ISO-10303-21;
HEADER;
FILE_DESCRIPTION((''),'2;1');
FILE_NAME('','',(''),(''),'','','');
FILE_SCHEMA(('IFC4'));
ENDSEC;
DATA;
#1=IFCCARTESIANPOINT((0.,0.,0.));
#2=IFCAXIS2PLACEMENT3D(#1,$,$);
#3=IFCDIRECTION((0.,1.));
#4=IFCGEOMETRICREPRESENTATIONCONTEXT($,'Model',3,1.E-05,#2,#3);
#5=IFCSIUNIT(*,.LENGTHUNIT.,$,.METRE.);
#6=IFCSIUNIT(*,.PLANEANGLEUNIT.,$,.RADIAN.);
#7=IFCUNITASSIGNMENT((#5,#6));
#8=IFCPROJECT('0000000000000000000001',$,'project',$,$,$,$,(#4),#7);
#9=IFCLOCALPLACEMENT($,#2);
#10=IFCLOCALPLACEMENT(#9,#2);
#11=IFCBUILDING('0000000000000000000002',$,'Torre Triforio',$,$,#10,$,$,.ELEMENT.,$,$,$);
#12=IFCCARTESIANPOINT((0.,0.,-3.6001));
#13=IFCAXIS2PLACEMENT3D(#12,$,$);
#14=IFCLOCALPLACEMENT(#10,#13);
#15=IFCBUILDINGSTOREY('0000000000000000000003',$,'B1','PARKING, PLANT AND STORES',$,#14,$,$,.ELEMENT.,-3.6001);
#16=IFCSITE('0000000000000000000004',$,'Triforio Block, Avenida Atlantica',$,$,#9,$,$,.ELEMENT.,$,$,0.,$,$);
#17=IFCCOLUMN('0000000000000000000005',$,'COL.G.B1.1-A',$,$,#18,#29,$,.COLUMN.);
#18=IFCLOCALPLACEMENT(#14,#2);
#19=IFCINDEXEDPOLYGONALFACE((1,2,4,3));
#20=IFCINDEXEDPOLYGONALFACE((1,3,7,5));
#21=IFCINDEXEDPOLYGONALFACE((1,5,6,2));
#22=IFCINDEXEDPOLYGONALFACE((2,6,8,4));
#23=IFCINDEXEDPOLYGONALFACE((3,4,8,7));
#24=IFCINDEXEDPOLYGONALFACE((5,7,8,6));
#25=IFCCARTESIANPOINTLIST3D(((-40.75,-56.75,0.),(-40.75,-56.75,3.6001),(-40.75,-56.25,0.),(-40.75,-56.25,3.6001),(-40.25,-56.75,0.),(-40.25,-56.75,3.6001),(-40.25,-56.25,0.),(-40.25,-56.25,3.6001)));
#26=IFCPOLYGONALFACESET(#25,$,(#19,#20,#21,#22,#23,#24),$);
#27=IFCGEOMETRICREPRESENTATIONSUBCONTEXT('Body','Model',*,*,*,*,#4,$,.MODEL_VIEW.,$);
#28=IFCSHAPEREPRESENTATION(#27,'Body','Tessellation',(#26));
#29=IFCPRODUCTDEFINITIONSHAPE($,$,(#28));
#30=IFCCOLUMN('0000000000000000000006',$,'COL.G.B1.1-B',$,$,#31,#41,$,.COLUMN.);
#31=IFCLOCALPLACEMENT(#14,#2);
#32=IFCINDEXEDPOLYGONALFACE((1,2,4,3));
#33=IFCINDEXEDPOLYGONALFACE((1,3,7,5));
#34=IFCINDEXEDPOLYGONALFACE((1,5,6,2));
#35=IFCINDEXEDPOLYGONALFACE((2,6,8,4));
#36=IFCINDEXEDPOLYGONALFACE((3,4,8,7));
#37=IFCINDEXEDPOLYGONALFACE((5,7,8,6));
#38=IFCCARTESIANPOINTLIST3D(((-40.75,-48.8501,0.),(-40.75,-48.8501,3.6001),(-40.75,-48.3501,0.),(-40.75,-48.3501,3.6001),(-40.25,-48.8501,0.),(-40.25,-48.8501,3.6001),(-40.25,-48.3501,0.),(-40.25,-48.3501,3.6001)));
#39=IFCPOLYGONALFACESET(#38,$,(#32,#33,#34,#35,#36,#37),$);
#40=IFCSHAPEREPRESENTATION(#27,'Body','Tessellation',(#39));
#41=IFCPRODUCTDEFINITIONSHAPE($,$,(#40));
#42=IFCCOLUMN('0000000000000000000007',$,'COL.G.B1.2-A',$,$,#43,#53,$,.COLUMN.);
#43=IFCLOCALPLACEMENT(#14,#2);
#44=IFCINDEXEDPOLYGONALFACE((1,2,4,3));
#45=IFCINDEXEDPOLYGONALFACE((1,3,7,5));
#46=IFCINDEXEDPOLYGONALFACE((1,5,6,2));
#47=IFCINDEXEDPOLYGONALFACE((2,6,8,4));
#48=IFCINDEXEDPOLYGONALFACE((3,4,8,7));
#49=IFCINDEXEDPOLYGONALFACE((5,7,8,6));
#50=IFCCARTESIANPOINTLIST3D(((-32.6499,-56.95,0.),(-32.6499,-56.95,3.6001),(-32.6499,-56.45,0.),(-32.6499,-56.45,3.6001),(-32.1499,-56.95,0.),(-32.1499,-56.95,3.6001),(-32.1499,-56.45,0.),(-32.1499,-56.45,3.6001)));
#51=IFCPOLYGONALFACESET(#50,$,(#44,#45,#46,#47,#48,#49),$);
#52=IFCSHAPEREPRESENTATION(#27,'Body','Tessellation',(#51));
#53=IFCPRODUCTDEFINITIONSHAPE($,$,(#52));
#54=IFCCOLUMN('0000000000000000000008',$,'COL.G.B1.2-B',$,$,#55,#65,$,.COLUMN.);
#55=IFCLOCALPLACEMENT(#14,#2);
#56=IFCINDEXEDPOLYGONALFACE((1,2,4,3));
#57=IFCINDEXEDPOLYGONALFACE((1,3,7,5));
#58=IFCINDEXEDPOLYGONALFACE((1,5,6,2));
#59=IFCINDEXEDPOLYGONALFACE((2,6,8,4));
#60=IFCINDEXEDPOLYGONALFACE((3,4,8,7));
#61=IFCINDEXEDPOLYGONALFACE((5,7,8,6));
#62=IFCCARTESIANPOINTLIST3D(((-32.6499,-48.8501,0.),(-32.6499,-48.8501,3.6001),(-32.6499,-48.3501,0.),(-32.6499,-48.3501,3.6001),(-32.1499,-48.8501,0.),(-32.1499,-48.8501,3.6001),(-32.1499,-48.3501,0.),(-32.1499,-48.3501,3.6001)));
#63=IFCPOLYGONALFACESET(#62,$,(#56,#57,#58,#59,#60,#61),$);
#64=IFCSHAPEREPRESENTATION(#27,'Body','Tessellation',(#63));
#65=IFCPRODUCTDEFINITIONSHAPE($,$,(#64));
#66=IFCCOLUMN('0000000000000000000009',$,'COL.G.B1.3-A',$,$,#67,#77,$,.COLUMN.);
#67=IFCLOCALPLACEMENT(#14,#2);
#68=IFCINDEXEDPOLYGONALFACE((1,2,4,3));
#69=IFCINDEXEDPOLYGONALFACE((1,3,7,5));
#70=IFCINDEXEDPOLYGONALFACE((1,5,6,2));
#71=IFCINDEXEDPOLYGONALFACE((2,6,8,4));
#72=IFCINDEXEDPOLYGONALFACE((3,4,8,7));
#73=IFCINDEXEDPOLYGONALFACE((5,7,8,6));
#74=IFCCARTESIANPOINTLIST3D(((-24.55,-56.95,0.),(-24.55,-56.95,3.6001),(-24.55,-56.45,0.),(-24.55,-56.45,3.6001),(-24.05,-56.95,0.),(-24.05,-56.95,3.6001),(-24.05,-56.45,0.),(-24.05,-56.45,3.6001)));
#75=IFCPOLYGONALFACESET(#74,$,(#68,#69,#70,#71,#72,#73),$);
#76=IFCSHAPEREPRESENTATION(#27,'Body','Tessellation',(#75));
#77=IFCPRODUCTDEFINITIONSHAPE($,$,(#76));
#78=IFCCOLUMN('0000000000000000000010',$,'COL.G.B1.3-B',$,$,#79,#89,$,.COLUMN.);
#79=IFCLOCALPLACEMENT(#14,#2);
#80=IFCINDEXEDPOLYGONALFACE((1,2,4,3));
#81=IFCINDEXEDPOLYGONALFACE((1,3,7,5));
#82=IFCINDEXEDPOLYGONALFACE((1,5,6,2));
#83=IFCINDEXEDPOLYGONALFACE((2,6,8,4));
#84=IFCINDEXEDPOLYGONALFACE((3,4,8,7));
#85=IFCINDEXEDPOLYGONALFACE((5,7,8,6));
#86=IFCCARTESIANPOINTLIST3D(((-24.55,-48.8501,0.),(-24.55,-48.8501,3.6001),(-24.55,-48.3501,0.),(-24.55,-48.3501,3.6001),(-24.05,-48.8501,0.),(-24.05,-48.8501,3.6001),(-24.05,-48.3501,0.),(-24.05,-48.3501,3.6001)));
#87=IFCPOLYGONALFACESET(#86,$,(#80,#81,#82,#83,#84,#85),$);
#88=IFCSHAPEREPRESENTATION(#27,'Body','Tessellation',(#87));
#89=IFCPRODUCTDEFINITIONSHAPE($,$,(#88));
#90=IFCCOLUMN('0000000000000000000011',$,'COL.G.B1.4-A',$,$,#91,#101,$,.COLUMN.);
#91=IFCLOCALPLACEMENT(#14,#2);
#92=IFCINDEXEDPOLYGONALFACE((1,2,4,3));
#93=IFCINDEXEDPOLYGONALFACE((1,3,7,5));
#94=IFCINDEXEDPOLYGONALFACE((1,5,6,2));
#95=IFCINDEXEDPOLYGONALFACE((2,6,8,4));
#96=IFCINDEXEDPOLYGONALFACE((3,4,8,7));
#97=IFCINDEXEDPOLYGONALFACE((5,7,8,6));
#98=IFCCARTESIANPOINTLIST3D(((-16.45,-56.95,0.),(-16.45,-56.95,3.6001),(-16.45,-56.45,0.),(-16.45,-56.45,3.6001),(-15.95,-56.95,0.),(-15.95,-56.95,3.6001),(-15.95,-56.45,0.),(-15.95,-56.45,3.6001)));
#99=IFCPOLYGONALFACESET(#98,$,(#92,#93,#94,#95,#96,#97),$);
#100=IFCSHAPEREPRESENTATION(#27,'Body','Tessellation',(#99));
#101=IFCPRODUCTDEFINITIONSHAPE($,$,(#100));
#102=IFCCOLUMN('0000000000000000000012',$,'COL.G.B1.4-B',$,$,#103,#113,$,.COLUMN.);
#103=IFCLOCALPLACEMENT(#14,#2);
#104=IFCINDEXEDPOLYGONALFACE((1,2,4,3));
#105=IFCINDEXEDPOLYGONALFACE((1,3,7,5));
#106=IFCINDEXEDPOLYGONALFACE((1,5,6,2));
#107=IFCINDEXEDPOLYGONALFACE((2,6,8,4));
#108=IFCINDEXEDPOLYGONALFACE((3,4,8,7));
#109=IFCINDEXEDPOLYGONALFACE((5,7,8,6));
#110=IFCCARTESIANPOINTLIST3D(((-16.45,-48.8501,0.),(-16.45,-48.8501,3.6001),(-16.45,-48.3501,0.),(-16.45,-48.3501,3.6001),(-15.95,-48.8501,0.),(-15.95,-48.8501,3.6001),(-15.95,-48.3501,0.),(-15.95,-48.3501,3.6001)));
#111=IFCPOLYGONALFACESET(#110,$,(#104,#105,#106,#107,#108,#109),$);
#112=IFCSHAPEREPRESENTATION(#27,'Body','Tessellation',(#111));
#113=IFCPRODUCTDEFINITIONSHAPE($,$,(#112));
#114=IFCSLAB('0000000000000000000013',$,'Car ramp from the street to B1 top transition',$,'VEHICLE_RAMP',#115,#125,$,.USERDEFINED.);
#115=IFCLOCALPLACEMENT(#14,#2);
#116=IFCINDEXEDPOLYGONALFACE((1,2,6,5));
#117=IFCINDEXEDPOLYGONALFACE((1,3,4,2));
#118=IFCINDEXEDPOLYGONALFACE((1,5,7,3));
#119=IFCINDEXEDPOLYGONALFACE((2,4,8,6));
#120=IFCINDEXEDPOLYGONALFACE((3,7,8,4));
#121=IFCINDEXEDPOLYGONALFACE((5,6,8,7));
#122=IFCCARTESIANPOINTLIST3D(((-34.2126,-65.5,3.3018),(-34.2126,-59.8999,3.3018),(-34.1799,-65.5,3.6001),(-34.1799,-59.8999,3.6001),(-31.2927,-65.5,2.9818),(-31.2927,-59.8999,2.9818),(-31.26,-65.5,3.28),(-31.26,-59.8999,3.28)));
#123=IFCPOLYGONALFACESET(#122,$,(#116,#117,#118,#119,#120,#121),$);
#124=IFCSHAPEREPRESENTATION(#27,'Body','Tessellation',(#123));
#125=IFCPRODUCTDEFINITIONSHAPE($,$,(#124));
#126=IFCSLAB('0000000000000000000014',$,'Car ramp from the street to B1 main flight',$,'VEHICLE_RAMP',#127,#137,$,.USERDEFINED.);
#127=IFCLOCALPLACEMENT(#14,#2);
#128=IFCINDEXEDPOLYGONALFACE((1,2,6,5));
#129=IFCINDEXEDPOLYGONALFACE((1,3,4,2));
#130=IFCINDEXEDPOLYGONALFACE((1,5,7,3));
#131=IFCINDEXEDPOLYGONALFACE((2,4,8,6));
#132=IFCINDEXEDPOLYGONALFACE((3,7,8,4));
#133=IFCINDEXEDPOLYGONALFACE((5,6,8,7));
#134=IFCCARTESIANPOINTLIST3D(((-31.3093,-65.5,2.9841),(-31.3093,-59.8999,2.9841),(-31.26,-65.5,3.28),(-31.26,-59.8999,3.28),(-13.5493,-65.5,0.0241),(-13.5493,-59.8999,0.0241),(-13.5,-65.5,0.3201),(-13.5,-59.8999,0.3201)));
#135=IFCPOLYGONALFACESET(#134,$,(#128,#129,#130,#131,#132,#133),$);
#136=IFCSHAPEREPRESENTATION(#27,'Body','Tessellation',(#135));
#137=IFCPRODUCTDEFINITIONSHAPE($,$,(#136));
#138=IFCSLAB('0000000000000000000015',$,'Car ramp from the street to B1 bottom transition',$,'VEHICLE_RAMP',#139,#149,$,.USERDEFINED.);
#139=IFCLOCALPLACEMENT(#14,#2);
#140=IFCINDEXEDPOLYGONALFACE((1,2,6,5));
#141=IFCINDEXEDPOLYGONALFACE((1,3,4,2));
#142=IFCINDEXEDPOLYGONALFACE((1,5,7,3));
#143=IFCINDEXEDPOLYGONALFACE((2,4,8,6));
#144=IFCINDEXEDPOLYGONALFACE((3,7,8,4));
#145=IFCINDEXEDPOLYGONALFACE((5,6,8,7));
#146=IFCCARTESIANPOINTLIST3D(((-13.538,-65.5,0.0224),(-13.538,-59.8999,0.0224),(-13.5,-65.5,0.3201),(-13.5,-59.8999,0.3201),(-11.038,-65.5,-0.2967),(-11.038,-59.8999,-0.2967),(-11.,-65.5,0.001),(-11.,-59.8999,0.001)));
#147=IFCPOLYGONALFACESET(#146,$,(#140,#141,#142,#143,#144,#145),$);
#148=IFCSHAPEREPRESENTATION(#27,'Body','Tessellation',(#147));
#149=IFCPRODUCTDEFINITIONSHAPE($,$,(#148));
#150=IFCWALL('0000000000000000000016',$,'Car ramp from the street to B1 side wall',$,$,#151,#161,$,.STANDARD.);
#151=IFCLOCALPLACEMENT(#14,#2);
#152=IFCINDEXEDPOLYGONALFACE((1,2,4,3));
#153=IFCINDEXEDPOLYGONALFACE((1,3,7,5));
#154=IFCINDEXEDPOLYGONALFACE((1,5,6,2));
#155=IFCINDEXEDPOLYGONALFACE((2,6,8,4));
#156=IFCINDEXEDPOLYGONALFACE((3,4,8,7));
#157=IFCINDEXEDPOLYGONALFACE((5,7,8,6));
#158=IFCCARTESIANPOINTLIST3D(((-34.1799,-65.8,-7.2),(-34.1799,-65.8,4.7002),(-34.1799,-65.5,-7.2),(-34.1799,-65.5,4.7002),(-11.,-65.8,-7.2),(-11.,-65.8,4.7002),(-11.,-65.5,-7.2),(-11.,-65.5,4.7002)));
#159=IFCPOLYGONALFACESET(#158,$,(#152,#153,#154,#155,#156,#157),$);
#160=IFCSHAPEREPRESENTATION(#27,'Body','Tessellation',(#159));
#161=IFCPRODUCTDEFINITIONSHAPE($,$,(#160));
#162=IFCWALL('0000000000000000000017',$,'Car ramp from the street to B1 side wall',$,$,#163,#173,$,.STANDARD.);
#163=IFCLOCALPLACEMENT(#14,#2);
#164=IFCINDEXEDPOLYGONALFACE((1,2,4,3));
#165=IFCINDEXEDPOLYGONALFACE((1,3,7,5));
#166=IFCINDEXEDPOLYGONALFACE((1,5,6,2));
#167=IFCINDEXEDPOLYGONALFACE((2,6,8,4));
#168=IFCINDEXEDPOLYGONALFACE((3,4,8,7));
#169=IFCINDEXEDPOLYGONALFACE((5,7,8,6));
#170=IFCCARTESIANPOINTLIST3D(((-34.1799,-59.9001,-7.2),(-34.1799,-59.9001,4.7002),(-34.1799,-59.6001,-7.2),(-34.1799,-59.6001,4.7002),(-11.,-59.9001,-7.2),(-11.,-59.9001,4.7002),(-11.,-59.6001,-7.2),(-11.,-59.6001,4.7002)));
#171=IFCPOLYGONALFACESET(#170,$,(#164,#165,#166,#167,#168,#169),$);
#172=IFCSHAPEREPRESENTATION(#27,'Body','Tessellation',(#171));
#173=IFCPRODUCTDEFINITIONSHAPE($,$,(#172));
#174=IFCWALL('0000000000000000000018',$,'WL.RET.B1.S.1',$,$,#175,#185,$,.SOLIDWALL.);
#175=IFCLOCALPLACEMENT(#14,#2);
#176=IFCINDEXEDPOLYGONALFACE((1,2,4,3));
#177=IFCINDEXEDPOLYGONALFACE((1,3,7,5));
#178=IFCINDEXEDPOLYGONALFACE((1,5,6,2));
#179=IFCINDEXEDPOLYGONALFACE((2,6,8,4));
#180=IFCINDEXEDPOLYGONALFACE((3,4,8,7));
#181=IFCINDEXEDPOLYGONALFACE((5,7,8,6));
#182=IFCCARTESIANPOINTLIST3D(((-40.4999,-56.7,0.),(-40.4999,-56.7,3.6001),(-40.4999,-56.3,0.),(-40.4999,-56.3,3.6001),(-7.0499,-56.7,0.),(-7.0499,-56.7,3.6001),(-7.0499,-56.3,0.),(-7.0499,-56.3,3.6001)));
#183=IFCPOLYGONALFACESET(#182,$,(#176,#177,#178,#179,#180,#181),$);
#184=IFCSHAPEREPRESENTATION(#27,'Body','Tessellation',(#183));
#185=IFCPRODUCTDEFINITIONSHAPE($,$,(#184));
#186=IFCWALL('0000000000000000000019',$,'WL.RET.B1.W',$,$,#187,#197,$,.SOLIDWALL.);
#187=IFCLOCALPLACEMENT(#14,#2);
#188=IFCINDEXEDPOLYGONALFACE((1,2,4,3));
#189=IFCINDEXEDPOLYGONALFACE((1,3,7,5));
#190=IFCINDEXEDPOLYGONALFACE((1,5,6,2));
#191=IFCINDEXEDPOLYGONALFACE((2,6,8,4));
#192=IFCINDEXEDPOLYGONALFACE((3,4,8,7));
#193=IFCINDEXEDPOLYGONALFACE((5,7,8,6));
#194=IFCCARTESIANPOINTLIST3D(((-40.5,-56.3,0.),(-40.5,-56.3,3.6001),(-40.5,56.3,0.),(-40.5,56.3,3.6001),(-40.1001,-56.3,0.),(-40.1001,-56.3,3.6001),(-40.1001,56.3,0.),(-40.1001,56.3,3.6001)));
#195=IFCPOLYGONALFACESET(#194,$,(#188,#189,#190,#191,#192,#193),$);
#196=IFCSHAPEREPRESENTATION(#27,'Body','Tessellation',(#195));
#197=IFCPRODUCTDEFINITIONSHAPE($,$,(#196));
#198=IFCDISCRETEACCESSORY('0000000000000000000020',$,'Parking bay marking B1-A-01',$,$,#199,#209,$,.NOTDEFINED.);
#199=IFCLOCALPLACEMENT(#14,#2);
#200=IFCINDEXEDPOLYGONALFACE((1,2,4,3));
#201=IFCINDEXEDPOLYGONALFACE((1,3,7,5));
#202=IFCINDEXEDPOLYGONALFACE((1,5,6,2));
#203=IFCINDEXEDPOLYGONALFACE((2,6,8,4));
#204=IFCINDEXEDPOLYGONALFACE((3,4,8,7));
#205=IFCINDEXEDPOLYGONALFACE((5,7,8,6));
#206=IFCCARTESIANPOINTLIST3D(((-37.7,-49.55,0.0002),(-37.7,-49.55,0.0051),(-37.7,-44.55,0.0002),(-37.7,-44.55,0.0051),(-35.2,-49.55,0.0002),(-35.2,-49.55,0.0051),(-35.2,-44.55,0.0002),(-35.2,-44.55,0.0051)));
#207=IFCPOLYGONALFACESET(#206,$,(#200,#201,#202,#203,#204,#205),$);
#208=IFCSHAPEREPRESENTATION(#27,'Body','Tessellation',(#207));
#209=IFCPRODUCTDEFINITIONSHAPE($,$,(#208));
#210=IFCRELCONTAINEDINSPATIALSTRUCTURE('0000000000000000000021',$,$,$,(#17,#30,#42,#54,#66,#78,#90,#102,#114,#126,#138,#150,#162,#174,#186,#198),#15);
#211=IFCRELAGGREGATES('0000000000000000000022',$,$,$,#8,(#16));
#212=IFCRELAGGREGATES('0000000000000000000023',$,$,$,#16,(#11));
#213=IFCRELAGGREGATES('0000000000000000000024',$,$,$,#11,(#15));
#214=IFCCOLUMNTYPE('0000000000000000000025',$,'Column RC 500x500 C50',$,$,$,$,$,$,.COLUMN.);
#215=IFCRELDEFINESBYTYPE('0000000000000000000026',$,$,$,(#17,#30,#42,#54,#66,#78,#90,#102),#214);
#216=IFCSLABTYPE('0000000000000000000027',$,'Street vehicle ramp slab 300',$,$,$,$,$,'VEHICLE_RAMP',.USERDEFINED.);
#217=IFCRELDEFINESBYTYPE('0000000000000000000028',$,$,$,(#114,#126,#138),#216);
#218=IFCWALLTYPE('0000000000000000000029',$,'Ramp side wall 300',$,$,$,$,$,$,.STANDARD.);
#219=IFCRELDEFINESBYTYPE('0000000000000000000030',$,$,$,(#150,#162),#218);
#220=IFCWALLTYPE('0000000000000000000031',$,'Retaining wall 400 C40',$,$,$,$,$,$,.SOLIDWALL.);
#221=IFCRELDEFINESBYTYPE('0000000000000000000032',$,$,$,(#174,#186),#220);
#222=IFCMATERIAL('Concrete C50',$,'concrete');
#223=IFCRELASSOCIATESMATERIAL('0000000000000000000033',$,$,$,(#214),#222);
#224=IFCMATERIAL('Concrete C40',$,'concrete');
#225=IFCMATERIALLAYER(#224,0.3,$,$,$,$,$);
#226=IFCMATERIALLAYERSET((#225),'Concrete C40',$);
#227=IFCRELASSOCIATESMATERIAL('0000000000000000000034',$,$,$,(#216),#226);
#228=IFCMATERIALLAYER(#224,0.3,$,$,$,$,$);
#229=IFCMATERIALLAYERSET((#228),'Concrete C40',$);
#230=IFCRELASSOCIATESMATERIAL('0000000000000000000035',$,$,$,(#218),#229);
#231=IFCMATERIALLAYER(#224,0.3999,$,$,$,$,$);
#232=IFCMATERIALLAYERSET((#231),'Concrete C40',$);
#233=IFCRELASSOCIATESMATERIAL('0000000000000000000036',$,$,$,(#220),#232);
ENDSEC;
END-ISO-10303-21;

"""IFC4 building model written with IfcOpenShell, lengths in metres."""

from ifc_helpers import new_model, si_unit, direction, frame, frame_2d, origin, origin_2d, place, context, subcontext, project, spatial, polyline, rectangle, outline, extrude, material, layer, layer_set, material_profile, profile_set, type_object, element, save


model = new_model("IFC4")

# Units and contexts
model_context = context("Model", 3, precision=1e-05, world=origin(), true_north=direction((0.0, 1.0)))
body_context = subcontext(model_context, "Body", "Model", "MODEL_VIEW")
ifc_project = project(units=[si_unit("LENGTHUNIT", "METRE"), si_unit("PLANEANGLEUNIT", "RADIAN")], contexts=[model_context])

# Site, building, storey
site_placement = place(None, origin())
site = spatial("IfcSite", under=ifc_project, at=site_placement, Name="Triforio Block, Avenida Atlantica", CompositionType="ELEMENT", RefElevation=0.0)
building_placement = place(site_placement, origin())
building = spatial("IfcBuilding", under=site, at=building_placement, Name="Torre Triforio", CompositionType="ELEMENT")
storey_placement = place(building_placement, frame((0.0, 0.0, -3.6001)))
storey = spatial("IfcBuildingStorey", under=building, at=storey_placement, Name="B1", Description="PARKING, PLANT AND STORES", CompositionType="ELEMENT", Elevation=-3.6001)

# Columns
ifc_material_1 = material(Name="Concrete C50", Category="concrete")
ifc_material_profile = material_profile(ifc_material_1, rectangle(XDim=0.5, YDim=0.5, at=origin_2d()), Name="RC 500x500")
ifc_profile_set = profile_set([ifc_material_profile], Name="Concrete C50")
column_type = type_object("IfcColumnType", Name="Column RC 500x500 C50", PredefinedType="COLUMN", material=ifc_profile_set)
for number, where, z_axis, x_axis, name in (
    (1, (-40.5, -56.5, 0.0), (0.0, 0.0, 1.0), (1.0, 0.0, 0.0), "COL.G.B1.1-A"),
    (2, (-40.5, -48.6001, 0.0), (0.0, 0.0, 1.0), (1.0, 0.0, 0.0), "COL.G.B1.1-B"),
    (3, (-32.3999, -56.7, 0.0), (0.0, 0.0, 1.0), (1.0, 0.0, 0.0), "COL.G.B1.2-A"),
    (4, (-32.3999, -48.6001, 0.0), (0.0, 0.0, 1.0), (1.0, 0.0, 0.0), "COL.G.B1.2-B"),
    (5, (-24.3, -56.7, 0.0), (0.0, 0.0, 1.0), (1.0, 0.0, 0.0), "COL.G.B1.3-A"),
    (6, (-24.3, -48.6001, 0.0), (0.0, 0.0, 1.0), (1.0, 0.0, 0.0), "COL.G.B1.3-B"),
    (7, (-16.2, -56.7, 0.0), (0.0, 0.0, 1.0), (1.0, 0.0, 0.0), "COL.G.B1.4-A"),
    (8, (-16.2, -48.6001, 0.0), (0.0, 0.0, 1.0), (1.0, 0.0, 0.0), "COL.G.B1.4-B"),
):
    element("IfcColumn", number, at=place(storey_placement, frame(where, z_axis=z_axis, x_axis=x_axis)), inside=storey, type_object=column_type, Name=name, PredefinedType="COLUMN", context=body_context, shape_type="SweptSolid", body=[
        extrude(rectangle(XDim=0.5, YDim=0.5, at=origin_2d()), origin(), (0.0, 0.0, 1.0), 3.6001),
    ])

# Slabs
ifc_material_2 = material(Name="Concrete C40", Category="concrete")
ifc_layer_1 = layer(ifc_material_2, 0.3)
ifc_layer_set_1 = layer_set([ifc_layer_1], Name="Concrete C40")
slab_type = type_object("IfcSlabType", Name="Street vehicle ramp slab 300", ElementType="VEHICLE_RAMP", PredefinedType="USERDEFINED", material=ifc_layer_set_1)
slab_1_placement = place(storey_placement, frame((-34.1799, -65.5, 3.6001), z_axis=(0.108963, 0.0, 0.994046), x_axis=(0.994046, 0.0, -0.108963)))
element("IfcSlab", 9, at=slab_1_placement, inside=storey, type_object=slab_type, Name="Car ramp from the street to B1 top transition", ObjectType="VEHICLE_RAMP", PredefinedType="USERDEFINED", context=body_context, shape_type="SweptSolid", body=[
    extrude(outline(polyline([(0.0, 0.0), (2.9374, 0.0), (2.9374, 5.6001), (0.0, 5.6001), (0.0, 0.0)])), origin(), (0.0, 0.0, -1.0), 0.3),
])
slab_2_placement = place(storey_placement, frame((-31.26, -65.5, 3.28), z_axis=(0.164397, 0.0, 0.986394), x_axis=(0.986394, 0.0, -0.164397)))
element("IfcSlab", 10, at=slab_2_placement, inside=storey, type_object=slab_type, Name="Car ramp from the street to B1 main flight", ObjectType="VEHICLE_RAMP", PredefinedType="USERDEFINED", context=body_context, shape_type="SweptSolid", body=[
    extrude(outline(polyline([(0.0, 0.0), (18.005, 0.0), (18.005, 5.6001), (0.0, 5.6001), (0.0, 0.0)])), origin(), (0.0, 0.0, -1.0), 0.3),
])
slab_3_placement = place(storey_placement, frame((-13.5, -65.5, 0.3201), z_axis=(0.12661, 0.0, 0.991953), x_axis=(0.991953, 0.0, -0.12661)))
element("IfcSlab", 11, at=slab_3_placement, inside=storey, type_object=slab_type, Name="Car ramp from the street to B1 bottom transition", ObjectType="VEHICLE_RAMP", PredefinedType="USERDEFINED", context=body_context, shape_type="SweptSolid", body=[
    extrude(outline(polyline([(0.0, 0.0), (2.5203, 0.0), (2.5203, 5.6001), (0.0, 5.6001), (0.0, 0.0)])), origin(), (0.0, 0.0, -1.0), 0.3),
])

# Walls
ifc_layer_2 = layer(ifc_material_2, 0.3)
ifc_layer_set_2 = layer_set([ifc_layer_2], Name="Concrete C40")
wall_type_1 = type_object("IfcWallType", Name="Ramp side wall 300", PredefinedType="STANDARD", material=ifc_layer_set_2)
for number, where, z_axis, x_axis, name in (
    (12, (-34.1799, -65.6499, -7.2), (0.0, 0.0, 1.0), (1.0, 0.0, 0.0), "Car ramp from the street to B1 side wall"),
    (13, (-34.1799, -59.75, -7.2), (0.0, 0.0, 1.0), (1.0, 0.0, 0.0), "Car ramp from the street to B1 side wall"),
):
    element("IfcWall", number, at=place(storey_placement, frame(where, z_axis=z_axis, x_axis=x_axis)), inside=storey, type_object=wall_type_1, Name=name, PredefinedType="STANDARD", context=body_context, shape_type="SweptSolid", body=[
        extrude(outline(polyline([(0.0, 0.0), (23.1799, 0.0), (23.1799, 11.9001), (0.0, 11.9001), (0.0, 0.0)])), frame((0.0, 0.1499, 0.0), z_axis=(0.0, -1.0, 0.0), x_axis=(1.0, 0.0, 0.0)), (0.0, 0.0, 1.0), 0.3),
    ])
ifc_layer_3 = layer(ifc_material_2, 0.3999)
ifc_layer_set_3 = layer_set([ifc_layer_3], Name="Concrete C40")
wall_type_2 = type_object("IfcWallType", Name="Retaining wall 400 C40", PredefinedType="SOLIDWALL", material=ifc_layer_set_3)
wall_1_placement = place(storey_placement, frame((-40.5, -56.5, 0.0), z_axis=(0.0, 0.0, 1.0), x_axis=(1.0, 0.0, 0.0)))
element("IfcWall", 14, at=wall_1_placement, inside=storey, type_object=wall_type_2, Name="WL.RET.B1.S.1", PredefinedType="SOLIDWALL", context=body_context, shape_type="SweptSolid", body=[
    extrude(rectangle(XDim=33.45, YDim=0.3999, at=frame_2d((16.7251, 0.0))), origin(), (0.0, 0.0, 1.0), 3.6001),
])
wall_2_placement = place(storey_placement, frame((-40.3, -56.3, 0.0), z_axis=(0.0, 0.0, 1.0), x_axis=(0.0, 1.0, 0.0)))
element("IfcWall", 15, at=wall_2_placement, inside=storey, type_object=wall_type_2, Name="WL.RET.B1.W", PredefinedType="SOLIDWALL", context=body_context, shape_type="SweptSolid", body=[
    extrude(rectangle(XDim=112.6001, YDim=0.3999, at=frame_2d((56.3, 0.0))), origin(), (0.0, 0.0, 1.0), 3.6001),
])

# Discrete accessory
for number, where, z_axis, x_axis, name in (
    (16, (-36.45, -47.05, 0.0002), (0.0, 0.0, 1.0), (1.0, 0.0, 0.0), "Parking bay marking B1-A-01"),
):
    element("IfcDiscreteAccessory", number, at=place(storey_placement, frame(where, z_axis=z_axis, x_axis=x_axis)), inside=storey, Name=name, PredefinedType="NOTDEFINED", context=body_context, shape_type="SweptSolid", body=[
        extrude(rectangle(XDim=2.5, YDim=5.0, at=origin_2d()), origin(), (0.0, 0.0, 1.0), 0.0049),
    ])

save(model, "model.ifc")
